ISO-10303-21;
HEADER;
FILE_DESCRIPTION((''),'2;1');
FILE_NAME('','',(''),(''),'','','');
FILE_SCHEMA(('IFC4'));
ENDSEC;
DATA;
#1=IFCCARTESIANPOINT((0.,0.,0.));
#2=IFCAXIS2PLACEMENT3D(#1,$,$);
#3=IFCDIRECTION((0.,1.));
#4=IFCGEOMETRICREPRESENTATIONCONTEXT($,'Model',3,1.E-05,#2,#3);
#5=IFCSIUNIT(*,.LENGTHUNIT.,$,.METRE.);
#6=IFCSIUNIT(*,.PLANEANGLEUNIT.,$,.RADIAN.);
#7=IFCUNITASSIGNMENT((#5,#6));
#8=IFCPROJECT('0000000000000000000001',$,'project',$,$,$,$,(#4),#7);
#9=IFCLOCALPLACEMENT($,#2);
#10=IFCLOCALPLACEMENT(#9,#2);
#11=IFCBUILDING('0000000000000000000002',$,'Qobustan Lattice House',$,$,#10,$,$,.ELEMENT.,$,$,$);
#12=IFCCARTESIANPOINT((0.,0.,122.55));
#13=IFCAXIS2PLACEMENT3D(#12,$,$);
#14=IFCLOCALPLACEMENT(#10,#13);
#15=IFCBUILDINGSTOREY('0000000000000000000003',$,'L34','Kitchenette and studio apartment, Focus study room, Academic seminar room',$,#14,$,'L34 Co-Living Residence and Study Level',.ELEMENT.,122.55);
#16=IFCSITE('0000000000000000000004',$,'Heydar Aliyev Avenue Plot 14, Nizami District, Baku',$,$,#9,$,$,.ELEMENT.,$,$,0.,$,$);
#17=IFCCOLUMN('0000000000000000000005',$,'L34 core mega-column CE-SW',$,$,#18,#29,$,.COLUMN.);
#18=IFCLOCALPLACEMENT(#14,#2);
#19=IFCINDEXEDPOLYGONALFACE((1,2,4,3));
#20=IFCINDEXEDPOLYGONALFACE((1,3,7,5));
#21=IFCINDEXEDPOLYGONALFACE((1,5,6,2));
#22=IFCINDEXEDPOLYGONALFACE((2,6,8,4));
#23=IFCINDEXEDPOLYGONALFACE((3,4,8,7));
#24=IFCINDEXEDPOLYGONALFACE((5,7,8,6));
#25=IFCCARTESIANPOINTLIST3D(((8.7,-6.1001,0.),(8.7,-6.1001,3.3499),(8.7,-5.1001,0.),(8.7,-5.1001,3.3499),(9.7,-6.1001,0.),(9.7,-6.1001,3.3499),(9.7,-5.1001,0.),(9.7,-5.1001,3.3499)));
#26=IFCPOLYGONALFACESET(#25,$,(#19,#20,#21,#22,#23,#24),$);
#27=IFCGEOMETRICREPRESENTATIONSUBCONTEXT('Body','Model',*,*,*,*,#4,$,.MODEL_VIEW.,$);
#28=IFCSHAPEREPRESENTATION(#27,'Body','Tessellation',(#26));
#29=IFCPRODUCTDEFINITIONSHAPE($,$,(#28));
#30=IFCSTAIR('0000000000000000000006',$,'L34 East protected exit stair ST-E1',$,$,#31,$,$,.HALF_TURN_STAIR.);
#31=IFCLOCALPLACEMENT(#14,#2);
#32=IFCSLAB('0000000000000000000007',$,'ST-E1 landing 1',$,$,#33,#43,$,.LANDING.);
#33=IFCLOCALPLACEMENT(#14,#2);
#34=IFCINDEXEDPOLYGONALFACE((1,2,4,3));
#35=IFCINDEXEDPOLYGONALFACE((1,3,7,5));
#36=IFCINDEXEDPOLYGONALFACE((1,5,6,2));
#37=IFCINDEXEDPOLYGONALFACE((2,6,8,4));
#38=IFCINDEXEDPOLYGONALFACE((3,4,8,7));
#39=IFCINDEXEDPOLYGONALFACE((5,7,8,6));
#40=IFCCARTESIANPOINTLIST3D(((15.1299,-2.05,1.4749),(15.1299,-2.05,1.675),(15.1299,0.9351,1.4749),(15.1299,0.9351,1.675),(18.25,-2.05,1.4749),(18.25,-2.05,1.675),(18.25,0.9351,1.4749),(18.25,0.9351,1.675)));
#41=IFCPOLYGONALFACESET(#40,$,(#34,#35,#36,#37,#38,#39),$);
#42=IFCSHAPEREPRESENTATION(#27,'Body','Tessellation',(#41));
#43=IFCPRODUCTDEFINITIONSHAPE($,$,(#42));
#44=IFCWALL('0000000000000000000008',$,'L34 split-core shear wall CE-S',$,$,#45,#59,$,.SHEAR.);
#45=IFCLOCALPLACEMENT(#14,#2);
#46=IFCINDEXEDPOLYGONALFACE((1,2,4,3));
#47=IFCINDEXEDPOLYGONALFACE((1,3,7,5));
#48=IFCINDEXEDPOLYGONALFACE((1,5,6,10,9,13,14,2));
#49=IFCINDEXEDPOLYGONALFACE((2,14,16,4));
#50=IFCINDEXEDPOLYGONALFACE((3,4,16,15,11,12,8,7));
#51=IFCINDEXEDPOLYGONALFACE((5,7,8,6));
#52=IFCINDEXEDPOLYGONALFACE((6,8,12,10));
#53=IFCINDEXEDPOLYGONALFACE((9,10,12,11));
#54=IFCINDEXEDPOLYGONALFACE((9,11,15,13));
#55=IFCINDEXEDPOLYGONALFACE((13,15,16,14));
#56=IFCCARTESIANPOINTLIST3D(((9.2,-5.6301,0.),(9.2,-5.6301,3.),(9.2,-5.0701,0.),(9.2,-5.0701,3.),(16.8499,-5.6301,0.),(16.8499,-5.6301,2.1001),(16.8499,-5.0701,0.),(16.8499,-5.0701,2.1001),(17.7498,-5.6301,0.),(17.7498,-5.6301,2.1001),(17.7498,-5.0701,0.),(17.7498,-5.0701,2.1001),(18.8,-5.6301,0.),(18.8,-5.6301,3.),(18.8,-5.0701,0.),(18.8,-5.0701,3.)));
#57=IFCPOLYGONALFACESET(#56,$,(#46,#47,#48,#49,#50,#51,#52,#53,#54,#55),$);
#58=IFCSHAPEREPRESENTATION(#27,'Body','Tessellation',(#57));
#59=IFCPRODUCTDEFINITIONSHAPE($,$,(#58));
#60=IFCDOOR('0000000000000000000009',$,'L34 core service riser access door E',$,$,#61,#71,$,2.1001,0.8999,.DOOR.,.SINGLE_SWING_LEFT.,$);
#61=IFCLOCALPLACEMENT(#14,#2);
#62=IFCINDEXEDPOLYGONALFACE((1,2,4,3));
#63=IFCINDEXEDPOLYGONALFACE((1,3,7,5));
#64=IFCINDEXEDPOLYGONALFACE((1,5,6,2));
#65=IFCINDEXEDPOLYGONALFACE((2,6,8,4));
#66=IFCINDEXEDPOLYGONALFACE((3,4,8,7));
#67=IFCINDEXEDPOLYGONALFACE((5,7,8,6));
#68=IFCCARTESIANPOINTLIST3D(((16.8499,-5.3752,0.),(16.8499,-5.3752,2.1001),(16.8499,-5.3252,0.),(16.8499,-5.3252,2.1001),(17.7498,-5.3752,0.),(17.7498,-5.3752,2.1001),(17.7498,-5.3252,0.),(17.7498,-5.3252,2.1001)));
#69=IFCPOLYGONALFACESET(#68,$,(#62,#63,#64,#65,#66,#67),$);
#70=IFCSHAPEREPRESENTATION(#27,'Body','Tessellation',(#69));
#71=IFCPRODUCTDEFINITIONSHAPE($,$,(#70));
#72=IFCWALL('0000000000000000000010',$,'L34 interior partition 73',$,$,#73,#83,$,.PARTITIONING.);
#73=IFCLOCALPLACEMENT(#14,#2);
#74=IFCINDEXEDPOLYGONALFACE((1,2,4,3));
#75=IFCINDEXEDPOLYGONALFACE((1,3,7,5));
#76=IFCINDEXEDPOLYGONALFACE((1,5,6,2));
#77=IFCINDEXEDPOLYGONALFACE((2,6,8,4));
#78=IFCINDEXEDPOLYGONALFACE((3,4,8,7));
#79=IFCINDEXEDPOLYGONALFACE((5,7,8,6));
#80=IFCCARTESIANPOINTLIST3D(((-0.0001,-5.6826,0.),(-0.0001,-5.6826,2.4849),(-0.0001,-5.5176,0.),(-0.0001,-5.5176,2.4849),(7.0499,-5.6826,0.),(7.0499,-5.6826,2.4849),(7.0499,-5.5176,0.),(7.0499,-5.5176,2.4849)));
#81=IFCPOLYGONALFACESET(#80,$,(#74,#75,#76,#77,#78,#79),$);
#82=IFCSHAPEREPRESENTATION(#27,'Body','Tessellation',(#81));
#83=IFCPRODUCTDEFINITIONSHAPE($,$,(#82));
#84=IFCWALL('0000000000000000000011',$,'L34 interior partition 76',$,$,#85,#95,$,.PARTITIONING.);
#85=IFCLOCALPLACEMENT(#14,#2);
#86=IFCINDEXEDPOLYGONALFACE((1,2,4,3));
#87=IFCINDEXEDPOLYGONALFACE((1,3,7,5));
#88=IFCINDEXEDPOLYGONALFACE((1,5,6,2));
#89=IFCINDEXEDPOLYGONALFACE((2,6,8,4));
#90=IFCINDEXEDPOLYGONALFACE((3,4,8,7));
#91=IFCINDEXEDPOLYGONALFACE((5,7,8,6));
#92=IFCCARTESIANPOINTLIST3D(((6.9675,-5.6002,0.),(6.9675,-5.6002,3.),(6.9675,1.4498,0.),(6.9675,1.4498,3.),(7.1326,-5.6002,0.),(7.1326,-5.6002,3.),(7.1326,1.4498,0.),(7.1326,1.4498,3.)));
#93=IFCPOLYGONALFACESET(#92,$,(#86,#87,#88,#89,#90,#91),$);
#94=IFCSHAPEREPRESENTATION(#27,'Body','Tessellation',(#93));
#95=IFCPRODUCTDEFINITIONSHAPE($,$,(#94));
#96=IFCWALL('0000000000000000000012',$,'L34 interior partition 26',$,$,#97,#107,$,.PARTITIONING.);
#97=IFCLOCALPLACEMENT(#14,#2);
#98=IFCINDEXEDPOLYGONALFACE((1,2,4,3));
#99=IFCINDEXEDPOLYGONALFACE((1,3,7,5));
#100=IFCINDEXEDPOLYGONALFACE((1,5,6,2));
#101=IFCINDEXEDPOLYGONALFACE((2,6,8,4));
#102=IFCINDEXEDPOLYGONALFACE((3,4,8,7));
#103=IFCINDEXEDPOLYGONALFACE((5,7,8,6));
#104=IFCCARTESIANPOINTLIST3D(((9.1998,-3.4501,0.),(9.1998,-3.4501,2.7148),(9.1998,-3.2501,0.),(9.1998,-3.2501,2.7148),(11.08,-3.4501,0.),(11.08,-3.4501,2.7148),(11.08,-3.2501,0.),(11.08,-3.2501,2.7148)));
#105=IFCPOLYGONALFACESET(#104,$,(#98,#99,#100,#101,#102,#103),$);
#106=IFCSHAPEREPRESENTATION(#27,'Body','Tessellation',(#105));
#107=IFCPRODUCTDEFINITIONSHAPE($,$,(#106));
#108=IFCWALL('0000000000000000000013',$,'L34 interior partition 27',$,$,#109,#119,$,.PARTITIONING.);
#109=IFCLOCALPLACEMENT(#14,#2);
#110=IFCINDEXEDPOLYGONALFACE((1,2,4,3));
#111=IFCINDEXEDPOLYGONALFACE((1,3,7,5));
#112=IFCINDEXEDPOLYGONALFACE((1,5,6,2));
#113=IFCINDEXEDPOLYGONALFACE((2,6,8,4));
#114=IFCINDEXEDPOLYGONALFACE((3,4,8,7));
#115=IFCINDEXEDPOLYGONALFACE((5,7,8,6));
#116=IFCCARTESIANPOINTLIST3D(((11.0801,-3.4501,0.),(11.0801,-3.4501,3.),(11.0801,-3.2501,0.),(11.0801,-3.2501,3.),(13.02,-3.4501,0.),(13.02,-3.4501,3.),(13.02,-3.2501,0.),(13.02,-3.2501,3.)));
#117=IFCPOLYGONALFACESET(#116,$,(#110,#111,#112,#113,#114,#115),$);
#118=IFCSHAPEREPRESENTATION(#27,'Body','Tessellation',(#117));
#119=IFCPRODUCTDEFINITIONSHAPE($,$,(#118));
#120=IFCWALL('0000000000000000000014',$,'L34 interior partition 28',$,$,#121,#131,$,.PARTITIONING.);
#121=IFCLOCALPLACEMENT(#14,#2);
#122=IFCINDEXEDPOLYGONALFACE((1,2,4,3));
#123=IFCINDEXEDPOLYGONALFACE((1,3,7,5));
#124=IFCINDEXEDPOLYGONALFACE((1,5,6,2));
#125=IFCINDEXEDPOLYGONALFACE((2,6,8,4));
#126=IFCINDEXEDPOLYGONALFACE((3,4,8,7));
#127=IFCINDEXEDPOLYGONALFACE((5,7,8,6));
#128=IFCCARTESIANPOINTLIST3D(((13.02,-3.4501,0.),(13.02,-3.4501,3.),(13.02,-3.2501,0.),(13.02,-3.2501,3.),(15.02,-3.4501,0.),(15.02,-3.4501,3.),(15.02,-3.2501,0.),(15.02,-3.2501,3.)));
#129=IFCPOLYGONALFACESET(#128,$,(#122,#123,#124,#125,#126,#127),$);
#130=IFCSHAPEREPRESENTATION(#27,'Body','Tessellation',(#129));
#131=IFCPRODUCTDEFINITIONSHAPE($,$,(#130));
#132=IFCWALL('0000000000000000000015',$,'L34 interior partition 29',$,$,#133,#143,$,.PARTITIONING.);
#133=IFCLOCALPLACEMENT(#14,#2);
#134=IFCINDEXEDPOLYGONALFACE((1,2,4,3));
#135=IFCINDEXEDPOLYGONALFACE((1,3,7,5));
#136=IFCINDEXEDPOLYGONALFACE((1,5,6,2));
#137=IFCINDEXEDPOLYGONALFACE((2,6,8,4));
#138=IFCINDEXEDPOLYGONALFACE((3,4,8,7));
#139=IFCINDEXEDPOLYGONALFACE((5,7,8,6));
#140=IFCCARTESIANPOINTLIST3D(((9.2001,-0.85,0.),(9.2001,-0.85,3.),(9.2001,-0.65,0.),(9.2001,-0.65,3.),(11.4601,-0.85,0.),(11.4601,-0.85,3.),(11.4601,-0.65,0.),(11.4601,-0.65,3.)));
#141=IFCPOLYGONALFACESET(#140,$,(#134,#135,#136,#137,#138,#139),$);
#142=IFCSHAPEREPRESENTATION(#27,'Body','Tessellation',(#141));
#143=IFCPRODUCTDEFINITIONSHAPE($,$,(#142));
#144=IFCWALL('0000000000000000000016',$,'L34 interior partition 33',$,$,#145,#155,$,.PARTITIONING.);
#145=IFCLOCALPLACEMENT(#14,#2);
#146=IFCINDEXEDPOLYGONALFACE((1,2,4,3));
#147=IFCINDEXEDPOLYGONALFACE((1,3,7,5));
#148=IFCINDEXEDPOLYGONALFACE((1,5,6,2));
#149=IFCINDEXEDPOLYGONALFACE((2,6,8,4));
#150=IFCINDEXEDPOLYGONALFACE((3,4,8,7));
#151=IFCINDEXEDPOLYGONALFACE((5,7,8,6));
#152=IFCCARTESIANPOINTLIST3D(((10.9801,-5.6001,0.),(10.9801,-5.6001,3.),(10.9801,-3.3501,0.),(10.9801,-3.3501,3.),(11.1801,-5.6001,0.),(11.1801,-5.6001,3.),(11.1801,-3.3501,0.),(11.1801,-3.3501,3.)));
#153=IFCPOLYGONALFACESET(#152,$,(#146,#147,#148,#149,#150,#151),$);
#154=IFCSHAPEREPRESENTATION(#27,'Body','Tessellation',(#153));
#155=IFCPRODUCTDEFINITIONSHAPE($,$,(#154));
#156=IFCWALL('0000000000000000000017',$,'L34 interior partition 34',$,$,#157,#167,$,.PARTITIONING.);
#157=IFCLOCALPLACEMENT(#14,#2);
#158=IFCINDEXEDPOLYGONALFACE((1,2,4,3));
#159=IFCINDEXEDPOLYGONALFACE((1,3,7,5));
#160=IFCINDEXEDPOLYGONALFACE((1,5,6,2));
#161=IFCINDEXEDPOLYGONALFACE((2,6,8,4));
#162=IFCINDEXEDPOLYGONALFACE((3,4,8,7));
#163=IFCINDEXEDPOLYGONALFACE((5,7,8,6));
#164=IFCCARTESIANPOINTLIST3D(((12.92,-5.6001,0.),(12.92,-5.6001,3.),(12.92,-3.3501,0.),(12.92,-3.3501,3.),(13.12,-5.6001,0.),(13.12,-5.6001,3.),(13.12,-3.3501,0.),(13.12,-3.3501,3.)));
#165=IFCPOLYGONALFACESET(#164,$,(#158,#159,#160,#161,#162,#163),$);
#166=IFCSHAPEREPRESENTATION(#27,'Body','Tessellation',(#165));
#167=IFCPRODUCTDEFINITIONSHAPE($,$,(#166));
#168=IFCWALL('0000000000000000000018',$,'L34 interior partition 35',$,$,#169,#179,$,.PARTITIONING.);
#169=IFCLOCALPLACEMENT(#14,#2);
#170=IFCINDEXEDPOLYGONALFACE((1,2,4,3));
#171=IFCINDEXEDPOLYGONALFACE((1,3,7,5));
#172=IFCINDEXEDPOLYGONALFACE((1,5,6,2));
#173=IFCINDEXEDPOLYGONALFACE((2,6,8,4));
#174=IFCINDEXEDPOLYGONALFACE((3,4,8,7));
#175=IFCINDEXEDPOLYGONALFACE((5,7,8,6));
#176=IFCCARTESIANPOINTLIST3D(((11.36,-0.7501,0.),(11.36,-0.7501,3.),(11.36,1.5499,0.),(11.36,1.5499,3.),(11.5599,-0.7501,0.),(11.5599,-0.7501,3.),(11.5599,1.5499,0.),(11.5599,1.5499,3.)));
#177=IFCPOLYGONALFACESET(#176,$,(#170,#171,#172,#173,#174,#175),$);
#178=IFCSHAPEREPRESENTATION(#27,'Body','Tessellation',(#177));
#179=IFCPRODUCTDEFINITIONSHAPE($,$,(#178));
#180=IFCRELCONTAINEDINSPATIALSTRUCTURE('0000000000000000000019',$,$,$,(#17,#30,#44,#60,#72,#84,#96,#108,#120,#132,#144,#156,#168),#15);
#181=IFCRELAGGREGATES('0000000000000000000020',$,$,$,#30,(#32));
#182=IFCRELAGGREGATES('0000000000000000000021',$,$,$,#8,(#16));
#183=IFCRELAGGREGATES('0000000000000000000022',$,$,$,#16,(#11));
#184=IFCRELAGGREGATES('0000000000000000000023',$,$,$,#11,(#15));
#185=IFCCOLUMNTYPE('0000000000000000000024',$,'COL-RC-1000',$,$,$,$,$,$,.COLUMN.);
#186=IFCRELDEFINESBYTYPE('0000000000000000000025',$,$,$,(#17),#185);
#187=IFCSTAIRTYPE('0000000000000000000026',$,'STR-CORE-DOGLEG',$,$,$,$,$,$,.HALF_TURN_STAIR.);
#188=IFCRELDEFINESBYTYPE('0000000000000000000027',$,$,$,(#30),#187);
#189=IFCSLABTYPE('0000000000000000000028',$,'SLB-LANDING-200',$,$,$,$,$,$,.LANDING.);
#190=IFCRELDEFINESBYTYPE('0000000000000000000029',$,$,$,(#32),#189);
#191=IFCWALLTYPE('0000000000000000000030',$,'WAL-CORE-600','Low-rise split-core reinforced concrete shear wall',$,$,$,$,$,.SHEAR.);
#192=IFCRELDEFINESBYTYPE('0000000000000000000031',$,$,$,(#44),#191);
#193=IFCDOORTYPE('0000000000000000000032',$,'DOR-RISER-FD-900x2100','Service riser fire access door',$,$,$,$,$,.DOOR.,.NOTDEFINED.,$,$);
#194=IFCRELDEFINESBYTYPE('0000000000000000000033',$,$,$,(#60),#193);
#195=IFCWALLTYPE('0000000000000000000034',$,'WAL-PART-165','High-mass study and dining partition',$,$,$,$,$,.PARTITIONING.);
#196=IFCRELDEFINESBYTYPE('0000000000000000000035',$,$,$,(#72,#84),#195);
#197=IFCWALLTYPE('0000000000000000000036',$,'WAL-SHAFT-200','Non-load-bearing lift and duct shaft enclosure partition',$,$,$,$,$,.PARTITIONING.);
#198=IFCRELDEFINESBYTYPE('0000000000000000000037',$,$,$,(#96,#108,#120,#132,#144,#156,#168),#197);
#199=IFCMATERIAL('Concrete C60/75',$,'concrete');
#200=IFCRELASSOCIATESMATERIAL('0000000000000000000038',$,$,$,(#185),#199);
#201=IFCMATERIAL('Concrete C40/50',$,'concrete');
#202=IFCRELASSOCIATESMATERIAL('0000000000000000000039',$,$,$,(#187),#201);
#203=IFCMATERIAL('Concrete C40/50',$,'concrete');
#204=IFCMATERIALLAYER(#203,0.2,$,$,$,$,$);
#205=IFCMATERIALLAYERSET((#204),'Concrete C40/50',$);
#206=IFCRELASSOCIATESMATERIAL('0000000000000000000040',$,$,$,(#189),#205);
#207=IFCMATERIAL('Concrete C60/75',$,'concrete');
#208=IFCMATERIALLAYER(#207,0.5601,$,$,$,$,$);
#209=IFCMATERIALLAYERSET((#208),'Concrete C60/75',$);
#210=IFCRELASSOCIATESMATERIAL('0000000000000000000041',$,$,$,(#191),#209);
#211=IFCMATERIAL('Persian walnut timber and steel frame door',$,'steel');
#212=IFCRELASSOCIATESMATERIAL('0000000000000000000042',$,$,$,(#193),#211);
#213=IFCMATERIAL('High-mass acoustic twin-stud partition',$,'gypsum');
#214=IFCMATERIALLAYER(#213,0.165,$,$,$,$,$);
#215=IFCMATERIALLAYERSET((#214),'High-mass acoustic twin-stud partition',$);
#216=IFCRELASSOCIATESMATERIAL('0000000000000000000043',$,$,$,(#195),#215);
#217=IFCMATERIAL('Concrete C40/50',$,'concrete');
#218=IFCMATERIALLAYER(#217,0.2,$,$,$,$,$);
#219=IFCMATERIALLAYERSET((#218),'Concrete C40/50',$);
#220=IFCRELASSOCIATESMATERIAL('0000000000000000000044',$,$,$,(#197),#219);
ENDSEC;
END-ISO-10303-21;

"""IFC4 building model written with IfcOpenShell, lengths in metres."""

from ifc_helpers import new_model, si_unit, direction, frame, frame_2d, origin, origin_2d, place, context, subcontext, project, spatial, polyline, rectangle, outline, extrude, material, layer, layer_set, material_profile, profile_set, type_object, element, fill, aggregate, save


model = new_model("IFC4")

# Units and contexts
model_context = context("Model", 3, precision=1e-05, world=origin(), true_north=direction((0.0, 1.0)))
body_context = subcontext(model_context, "Body", "Model", "MODEL_VIEW")
ifc_project = project(units=[si_unit("LENGTHUNIT", "METRE"), si_unit("PLANEANGLEUNIT", "RADIAN")], contexts=[model_context])

# Site, building, storey
site_placement = place(None, origin())
site = spatial("IfcSite", under=ifc_project, at=site_placement, Name="Heydar Aliyev Avenue Plot 14, Nizami District, Baku", CompositionType="ELEMENT", RefElevation=0.0)
building_placement = place(site_placement, origin())
building = spatial("IfcBuilding", under=site, at=building_placement, Name="Qobustan Lattice House", CompositionType="ELEMENT")
storey_placement = place(building_placement, frame((0.0, 0.0, 122.55)))
storey = spatial("IfcBuildingStorey", under=building, at=storey_placement, Name="L34", Description="Kitchenette and studio apartment, Focus study room, Academic seminar room", LongName="L34 Co-Living Residence and Study Level", CompositionType="ELEMENT", Elevation=122.55)

# Column
ifc_material_1 = material(Name="Concrete C60/75", Category="concrete")
ifc_material_profile = material_profile(ifc_material_1, rectangle(XDim=1.0, YDim=1.0, at=origin_2d()), Name="RC1000x1000")
ifc_profile_set = profile_set([ifc_material_profile], Name="Concrete C60/75")
column_type = type_object("IfcColumnType", Name="COL-RC-1000", PredefinedType="COLUMN", material=ifc_profile_set)
column_placement = place(storey_placement, frame((9.2, -5.6001, 0.0), z_axis=(0.0, 0.0, 1.0), x_axis=(1.0, 0.0, 0.0)))
element("IfcColumn", 1, at=column_placement, inside=storey, type_object=column_type, Name="L34 core mega-column CE-SW", PredefinedType="COLUMN", context=body_context, shape_type="SweptSolid", body=[
    extrude(rectangle(XDim=1.0, YDim=1.0, at=origin_2d()), origin(), (0.0, 0.0, 1.0), 3.3499),
])

# Stair, slab
ifc_material_2 = material(Name="Concrete C40/50", Category="concrete")
stair_type = type_object("IfcStairType", Name="STR-CORE-DOGLEG", PredefinedType="HALF_TURN_STAIR", material=ifc_material_2)
stair_placement = place(storey_placement, origin())
stair = element("IfcStair", 2, at=stair_placement, inside=storey, type_object=stair_type, Name="L34 East protected exit stair ST-E1", PredefinedType="HALF_TURN_STAIR")
ifc_material_3 = material(Name="Concrete C40/50", Category="concrete")
ifc_layer_1 = layer(ifc_material_3, 0.2)
ifc_layer_set_1 = layer_set([ifc_layer_1], Name="Concrete C40/50")
slab_type = type_object("IfcSlabType", Name="SLB-LANDING-200", PredefinedType="LANDING", material=ifc_layer_set_1)
slab_placement = place(storey_placement, frame((0.0, 0.0, 1.4749)))
slab = element("IfcSlab", 3, at=slab_placement, type_object=slab_type, Name="ST-E1 landing 1", PredefinedType="LANDING", context=body_context, shape_type="SweptSolid", body=[
    extrude(outline(polyline([(15.1299, 0.9351), (15.1299, -2.05), (18.25, -2.05), (18.25, 0.9351), (15.1299, 0.9351)])), origin(), (0.0, 0.0, 1.0), 0.2002),
])
aggregate(stair, [slab])

# Wall, opening, door
ifc_material_4 = material(Name="Concrete C60/75", Category="concrete")
ifc_layer_2 = layer(ifc_material_4, 0.5601)
ifc_layer_set_2 = layer_set([ifc_layer_2], Name="Concrete C60/75")
wall_type_1 = type_object("IfcWallType", Name="WAL-CORE-600", Description="Low-rise split-core reinforced concrete shear wall", PredefinedType="SHEAR", material=ifc_layer_set_2)
wall_1_placement = place(storey_placement, frame((9.2, -5.3501, 0.0), z_axis=(0.0, 0.0, 1.0), x_axis=(1.0, 0.0, 0.0)))
wall_1 = element("IfcWall", 4, at=wall_1_placement, inside=storey, type_object=wall_type_1, Name="L34 split-core shear wall CE-S", PredefinedType="SHEAR", context=body_context, shape_type="SweptSolid", body=[
    extrude(rectangle(XDim=9.6001, YDim=0.5601, at=frame_2d((4.8, 0.0))), origin(), (0.0, 0.0, 1.0), 3.0),
])
opening_1_placement = place(wall_1_placement, frame((7.6499, 0.0, 0.0)))
opening_1 = element("IfcOpeningElement", 5, at=opening_1_placement, cuts=wall_1, PredefinedType="OPENING", context=body_context, shape_type="SweptSolid", body=[
    extrude(rectangle(XDim=0.8999, YDim=2.1001, at=frame_2d((0.45, 1.05))), frame((0.0, 0.29, 0.0), z_axis=(0.0, -1.0, 0.0), x_axis=(1.0, 0.0, 0.0)), (0.0, 0.0, 1.0), 0.5801),
])
ifc_material_5 = material(Name="Persian walnut timber and steel frame door", Category="steel")
door_type_1 = type_object("IfcDoorType", Name="DOR-RISER-FD-900x2100", Description="Service riser fire access door", OperationType="NOTDEFINED", PredefinedType="DOOR", material=ifc_material_5)
door_1_placement = place(opening_1_placement, origin())
door_1 = element("IfcDoor", 6, at=door_1_placement, inside=storey, type_object=door_type_1, Name="L34 core service riser access door E", OperationType="SINGLE_SWING_LEFT", OverallHeight=2.1001, OverallWidth=0.8999, PredefinedType="DOOR", context=body_context, shape_type="SweptSolid", body=[
    extrude(rectangle(XDim=0.8999, YDim=2.1001, at=frame_2d((0.45, 1.05))), frame((0.0, 0.0249, 0.0), z_axis=(0.0, -1.0, 0.0), x_axis=(1.0, 0.0, 0.0)), (0.0, 0.0, 1.0), 0.05),
])
fill(opening_1, door_1)

# Walls
ifc_material_6 = material(Name="High-mass acoustic twin-stud partition", Category="gypsum")
ifc_layer_3 = layer(ifc_material_6, 0.165)
ifc_layer_set_3 = layer_set([ifc_layer_3], Name="High-mass acoustic twin-stud partition")
wall_type_2 = type_object("IfcWallType", Name="WAL-PART-165", Description="High-mass study and dining partition", PredefinedType="PARTITIONING", material=ifc_layer_set_3)
wall_2_placement = place(storey_placement, frame((0.0, -5.6001, 0.0), z_axis=(0.0, 0.0, 1.0), x_axis=(1.0, 0.0, 0.0)))
element("IfcWall", 7, at=wall_2_placement, inside=storey, type_object=wall_type_2, Name="L34 interior partition 73", PredefinedType="PARTITIONING", context=body_context, shape_type="SweptSolid", body=[
    extrude(rectangle(XDim=7.05, YDim=0.165, at=frame_2d((3.5249, 0.0))), origin(), (0.0, 0.0, 1.0), 2.4849),
])
wall_3_placement = place(storey_placement, frame((7.05, -5.6001, 0.0), z_axis=(0.0, 0.0, 1.0), x_axis=(0.0, 1.0, 0.0)))
element("IfcWall", 8, at=wall_3_placement, inside=storey, type_object=wall_type_2, Name="L34 interior partition 76", PredefinedType="PARTITIONING", context=body_context, shape_type="SweptSolid", body=[
    extrude(rectangle(XDim=7.05, YDim=0.165, at=frame_2d((3.5249, 0.0))), origin(), (0.0, 0.0, 1.0), 3.0),
])
ifc_material_7 = material(Name="Concrete C40/50", Category="concrete")
ifc_layer_4 = layer(ifc_material_7, 0.2)
ifc_layer_set_4 = layer_set([ifc_layer_4], Name="Concrete C40/50")
wall_type_3 = type_object("IfcWallType", Name="WAL-SHAFT-200", Description="Non-load-bearing lift and duct shaft enclosure partition", PredefinedType="PARTITIONING", material=ifc_layer_set_4)
wall_4_placement = place(storey_placement, frame((9.2, -3.3501, 0.0), z_axis=(0.0, 0.0, 1.0), x_axis=(1.0, 0.0, 0.0)))
element("IfcWall", 9, at=wall_4_placement, inside=storey, type_object=wall_type_3, Name="L34 interior partition 26", PredefinedType="PARTITIONING", context=body_context, shape_type="SweptSolid", body=[
    extrude(rectangle(XDim=1.8801, YDim=0.2, at=frame_2d((0.9399, 0.0))), origin(), (0.0, 0.0, 1.0), 2.7148),
])
wall_5_placement = place(storey_placement, frame((11.0801, -3.3501, 0.0), z_axis=(0.0, 0.0, 1.0), x_axis=(1.0, 0.0, 0.0)))
element("IfcWall", 10, at=wall_5_placement, inside=storey, type_object=wall_type_3, Name="L34 interior partition 27", PredefinedType="PARTITIONING", context=body_context, shape_type="SweptSolid", body=[
    extrude(rectangle(XDim=1.9399, YDim=0.2, at=frame_2d((0.97, 0.0))), origin(), (0.0, 0.0, 1.0), 3.0),
])
wall_6_placement = place(storey_placement, frame((13.02, -3.3501, 0.0), z_axis=(0.0, 0.0, 1.0), x_axis=(1.0, 0.0, 0.0)))
element("IfcWall", 11, at=wall_6_placement, inside=storey, type_object=wall_type_3, Name="L34 interior partition 28", PredefinedType="PARTITIONING", context=body_context, shape_type="SweptSolid", body=[
    extrude(rectangle(XDim=2.0, YDim=0.2, at=frame_2d((1.0, 0.0))), origin(), (0.0, 0.0, 1.0), 3.0),
])
wall_7_placement = place(storey_placement, frame((11.46, -0.75, 0.0), z_axis=(0.0, 0.0, 1.0), x_axis=(-1.0, 0.0, 0.0)))
element("IfcWall", 12, at=wall_7_placement, inside=storey, type_object=wall_type_3, Name="L34 interior partition 29", PredefinedType="PARTITIONING", context=body_context, shape_type="SweptSolid", body=[
    extrude(rectangle(XDim=2.26, YDim=0.2, at=frame_2d((1.1299, 0.0))), origin(), (0.0, 0.0, 1.0), 3.0),
])
for number, where, z_axis, x_axis, name in (
    (13, (11.0801, -5.6001, 0.0), (0.0, 0.0, 1.0), (0.0, 1.0, 0.0), "L34 interior partition 33"),
    (14, (13.02, -5.6001, 0.0), (0.0, 0.0, 1.0), (0.0, 1.0, 0.0), "L34 interior partition 34"),
):
    element("IfcWall", number, at=place(storey_placement, frame(where, z_axis=z_axis, x_axis=x_axis)), inside=storey, type_object=wall_type_3, Name=name, PredefinedType="PARTITIONING", context=body_context, shape_type="SweptSolid", body=[
        extrude(rectangle(XDim=2.25, YDim=0.2, at=frame_2d((1.125, 0.0))), origin(), (0.0, 0.0, 1.0), 3.0),
    ])
wall_8_placement = place(storey_placement, frame((11.46, -0.75, 0.0), z_axis=(0.0, 0.0, 1.0), x_axis=(0.0, 1.0, 0.0)))
element("IfcWall", 15, at=wall_8_placement, inside=storey, type_object=wall_type_3, Name="L34 interior partition 35", PredefinedType="PARTITIONING", context=body_context, shape_type="SweptSolid", body=[
    extrude(rectangle(XDim=2.3, YDim=0.2, at=frame_2d((1.1499, 0.0))), origin(), (0.0, 0.0, 1.0), 3.0),
])

save(model, "model.ifc")
